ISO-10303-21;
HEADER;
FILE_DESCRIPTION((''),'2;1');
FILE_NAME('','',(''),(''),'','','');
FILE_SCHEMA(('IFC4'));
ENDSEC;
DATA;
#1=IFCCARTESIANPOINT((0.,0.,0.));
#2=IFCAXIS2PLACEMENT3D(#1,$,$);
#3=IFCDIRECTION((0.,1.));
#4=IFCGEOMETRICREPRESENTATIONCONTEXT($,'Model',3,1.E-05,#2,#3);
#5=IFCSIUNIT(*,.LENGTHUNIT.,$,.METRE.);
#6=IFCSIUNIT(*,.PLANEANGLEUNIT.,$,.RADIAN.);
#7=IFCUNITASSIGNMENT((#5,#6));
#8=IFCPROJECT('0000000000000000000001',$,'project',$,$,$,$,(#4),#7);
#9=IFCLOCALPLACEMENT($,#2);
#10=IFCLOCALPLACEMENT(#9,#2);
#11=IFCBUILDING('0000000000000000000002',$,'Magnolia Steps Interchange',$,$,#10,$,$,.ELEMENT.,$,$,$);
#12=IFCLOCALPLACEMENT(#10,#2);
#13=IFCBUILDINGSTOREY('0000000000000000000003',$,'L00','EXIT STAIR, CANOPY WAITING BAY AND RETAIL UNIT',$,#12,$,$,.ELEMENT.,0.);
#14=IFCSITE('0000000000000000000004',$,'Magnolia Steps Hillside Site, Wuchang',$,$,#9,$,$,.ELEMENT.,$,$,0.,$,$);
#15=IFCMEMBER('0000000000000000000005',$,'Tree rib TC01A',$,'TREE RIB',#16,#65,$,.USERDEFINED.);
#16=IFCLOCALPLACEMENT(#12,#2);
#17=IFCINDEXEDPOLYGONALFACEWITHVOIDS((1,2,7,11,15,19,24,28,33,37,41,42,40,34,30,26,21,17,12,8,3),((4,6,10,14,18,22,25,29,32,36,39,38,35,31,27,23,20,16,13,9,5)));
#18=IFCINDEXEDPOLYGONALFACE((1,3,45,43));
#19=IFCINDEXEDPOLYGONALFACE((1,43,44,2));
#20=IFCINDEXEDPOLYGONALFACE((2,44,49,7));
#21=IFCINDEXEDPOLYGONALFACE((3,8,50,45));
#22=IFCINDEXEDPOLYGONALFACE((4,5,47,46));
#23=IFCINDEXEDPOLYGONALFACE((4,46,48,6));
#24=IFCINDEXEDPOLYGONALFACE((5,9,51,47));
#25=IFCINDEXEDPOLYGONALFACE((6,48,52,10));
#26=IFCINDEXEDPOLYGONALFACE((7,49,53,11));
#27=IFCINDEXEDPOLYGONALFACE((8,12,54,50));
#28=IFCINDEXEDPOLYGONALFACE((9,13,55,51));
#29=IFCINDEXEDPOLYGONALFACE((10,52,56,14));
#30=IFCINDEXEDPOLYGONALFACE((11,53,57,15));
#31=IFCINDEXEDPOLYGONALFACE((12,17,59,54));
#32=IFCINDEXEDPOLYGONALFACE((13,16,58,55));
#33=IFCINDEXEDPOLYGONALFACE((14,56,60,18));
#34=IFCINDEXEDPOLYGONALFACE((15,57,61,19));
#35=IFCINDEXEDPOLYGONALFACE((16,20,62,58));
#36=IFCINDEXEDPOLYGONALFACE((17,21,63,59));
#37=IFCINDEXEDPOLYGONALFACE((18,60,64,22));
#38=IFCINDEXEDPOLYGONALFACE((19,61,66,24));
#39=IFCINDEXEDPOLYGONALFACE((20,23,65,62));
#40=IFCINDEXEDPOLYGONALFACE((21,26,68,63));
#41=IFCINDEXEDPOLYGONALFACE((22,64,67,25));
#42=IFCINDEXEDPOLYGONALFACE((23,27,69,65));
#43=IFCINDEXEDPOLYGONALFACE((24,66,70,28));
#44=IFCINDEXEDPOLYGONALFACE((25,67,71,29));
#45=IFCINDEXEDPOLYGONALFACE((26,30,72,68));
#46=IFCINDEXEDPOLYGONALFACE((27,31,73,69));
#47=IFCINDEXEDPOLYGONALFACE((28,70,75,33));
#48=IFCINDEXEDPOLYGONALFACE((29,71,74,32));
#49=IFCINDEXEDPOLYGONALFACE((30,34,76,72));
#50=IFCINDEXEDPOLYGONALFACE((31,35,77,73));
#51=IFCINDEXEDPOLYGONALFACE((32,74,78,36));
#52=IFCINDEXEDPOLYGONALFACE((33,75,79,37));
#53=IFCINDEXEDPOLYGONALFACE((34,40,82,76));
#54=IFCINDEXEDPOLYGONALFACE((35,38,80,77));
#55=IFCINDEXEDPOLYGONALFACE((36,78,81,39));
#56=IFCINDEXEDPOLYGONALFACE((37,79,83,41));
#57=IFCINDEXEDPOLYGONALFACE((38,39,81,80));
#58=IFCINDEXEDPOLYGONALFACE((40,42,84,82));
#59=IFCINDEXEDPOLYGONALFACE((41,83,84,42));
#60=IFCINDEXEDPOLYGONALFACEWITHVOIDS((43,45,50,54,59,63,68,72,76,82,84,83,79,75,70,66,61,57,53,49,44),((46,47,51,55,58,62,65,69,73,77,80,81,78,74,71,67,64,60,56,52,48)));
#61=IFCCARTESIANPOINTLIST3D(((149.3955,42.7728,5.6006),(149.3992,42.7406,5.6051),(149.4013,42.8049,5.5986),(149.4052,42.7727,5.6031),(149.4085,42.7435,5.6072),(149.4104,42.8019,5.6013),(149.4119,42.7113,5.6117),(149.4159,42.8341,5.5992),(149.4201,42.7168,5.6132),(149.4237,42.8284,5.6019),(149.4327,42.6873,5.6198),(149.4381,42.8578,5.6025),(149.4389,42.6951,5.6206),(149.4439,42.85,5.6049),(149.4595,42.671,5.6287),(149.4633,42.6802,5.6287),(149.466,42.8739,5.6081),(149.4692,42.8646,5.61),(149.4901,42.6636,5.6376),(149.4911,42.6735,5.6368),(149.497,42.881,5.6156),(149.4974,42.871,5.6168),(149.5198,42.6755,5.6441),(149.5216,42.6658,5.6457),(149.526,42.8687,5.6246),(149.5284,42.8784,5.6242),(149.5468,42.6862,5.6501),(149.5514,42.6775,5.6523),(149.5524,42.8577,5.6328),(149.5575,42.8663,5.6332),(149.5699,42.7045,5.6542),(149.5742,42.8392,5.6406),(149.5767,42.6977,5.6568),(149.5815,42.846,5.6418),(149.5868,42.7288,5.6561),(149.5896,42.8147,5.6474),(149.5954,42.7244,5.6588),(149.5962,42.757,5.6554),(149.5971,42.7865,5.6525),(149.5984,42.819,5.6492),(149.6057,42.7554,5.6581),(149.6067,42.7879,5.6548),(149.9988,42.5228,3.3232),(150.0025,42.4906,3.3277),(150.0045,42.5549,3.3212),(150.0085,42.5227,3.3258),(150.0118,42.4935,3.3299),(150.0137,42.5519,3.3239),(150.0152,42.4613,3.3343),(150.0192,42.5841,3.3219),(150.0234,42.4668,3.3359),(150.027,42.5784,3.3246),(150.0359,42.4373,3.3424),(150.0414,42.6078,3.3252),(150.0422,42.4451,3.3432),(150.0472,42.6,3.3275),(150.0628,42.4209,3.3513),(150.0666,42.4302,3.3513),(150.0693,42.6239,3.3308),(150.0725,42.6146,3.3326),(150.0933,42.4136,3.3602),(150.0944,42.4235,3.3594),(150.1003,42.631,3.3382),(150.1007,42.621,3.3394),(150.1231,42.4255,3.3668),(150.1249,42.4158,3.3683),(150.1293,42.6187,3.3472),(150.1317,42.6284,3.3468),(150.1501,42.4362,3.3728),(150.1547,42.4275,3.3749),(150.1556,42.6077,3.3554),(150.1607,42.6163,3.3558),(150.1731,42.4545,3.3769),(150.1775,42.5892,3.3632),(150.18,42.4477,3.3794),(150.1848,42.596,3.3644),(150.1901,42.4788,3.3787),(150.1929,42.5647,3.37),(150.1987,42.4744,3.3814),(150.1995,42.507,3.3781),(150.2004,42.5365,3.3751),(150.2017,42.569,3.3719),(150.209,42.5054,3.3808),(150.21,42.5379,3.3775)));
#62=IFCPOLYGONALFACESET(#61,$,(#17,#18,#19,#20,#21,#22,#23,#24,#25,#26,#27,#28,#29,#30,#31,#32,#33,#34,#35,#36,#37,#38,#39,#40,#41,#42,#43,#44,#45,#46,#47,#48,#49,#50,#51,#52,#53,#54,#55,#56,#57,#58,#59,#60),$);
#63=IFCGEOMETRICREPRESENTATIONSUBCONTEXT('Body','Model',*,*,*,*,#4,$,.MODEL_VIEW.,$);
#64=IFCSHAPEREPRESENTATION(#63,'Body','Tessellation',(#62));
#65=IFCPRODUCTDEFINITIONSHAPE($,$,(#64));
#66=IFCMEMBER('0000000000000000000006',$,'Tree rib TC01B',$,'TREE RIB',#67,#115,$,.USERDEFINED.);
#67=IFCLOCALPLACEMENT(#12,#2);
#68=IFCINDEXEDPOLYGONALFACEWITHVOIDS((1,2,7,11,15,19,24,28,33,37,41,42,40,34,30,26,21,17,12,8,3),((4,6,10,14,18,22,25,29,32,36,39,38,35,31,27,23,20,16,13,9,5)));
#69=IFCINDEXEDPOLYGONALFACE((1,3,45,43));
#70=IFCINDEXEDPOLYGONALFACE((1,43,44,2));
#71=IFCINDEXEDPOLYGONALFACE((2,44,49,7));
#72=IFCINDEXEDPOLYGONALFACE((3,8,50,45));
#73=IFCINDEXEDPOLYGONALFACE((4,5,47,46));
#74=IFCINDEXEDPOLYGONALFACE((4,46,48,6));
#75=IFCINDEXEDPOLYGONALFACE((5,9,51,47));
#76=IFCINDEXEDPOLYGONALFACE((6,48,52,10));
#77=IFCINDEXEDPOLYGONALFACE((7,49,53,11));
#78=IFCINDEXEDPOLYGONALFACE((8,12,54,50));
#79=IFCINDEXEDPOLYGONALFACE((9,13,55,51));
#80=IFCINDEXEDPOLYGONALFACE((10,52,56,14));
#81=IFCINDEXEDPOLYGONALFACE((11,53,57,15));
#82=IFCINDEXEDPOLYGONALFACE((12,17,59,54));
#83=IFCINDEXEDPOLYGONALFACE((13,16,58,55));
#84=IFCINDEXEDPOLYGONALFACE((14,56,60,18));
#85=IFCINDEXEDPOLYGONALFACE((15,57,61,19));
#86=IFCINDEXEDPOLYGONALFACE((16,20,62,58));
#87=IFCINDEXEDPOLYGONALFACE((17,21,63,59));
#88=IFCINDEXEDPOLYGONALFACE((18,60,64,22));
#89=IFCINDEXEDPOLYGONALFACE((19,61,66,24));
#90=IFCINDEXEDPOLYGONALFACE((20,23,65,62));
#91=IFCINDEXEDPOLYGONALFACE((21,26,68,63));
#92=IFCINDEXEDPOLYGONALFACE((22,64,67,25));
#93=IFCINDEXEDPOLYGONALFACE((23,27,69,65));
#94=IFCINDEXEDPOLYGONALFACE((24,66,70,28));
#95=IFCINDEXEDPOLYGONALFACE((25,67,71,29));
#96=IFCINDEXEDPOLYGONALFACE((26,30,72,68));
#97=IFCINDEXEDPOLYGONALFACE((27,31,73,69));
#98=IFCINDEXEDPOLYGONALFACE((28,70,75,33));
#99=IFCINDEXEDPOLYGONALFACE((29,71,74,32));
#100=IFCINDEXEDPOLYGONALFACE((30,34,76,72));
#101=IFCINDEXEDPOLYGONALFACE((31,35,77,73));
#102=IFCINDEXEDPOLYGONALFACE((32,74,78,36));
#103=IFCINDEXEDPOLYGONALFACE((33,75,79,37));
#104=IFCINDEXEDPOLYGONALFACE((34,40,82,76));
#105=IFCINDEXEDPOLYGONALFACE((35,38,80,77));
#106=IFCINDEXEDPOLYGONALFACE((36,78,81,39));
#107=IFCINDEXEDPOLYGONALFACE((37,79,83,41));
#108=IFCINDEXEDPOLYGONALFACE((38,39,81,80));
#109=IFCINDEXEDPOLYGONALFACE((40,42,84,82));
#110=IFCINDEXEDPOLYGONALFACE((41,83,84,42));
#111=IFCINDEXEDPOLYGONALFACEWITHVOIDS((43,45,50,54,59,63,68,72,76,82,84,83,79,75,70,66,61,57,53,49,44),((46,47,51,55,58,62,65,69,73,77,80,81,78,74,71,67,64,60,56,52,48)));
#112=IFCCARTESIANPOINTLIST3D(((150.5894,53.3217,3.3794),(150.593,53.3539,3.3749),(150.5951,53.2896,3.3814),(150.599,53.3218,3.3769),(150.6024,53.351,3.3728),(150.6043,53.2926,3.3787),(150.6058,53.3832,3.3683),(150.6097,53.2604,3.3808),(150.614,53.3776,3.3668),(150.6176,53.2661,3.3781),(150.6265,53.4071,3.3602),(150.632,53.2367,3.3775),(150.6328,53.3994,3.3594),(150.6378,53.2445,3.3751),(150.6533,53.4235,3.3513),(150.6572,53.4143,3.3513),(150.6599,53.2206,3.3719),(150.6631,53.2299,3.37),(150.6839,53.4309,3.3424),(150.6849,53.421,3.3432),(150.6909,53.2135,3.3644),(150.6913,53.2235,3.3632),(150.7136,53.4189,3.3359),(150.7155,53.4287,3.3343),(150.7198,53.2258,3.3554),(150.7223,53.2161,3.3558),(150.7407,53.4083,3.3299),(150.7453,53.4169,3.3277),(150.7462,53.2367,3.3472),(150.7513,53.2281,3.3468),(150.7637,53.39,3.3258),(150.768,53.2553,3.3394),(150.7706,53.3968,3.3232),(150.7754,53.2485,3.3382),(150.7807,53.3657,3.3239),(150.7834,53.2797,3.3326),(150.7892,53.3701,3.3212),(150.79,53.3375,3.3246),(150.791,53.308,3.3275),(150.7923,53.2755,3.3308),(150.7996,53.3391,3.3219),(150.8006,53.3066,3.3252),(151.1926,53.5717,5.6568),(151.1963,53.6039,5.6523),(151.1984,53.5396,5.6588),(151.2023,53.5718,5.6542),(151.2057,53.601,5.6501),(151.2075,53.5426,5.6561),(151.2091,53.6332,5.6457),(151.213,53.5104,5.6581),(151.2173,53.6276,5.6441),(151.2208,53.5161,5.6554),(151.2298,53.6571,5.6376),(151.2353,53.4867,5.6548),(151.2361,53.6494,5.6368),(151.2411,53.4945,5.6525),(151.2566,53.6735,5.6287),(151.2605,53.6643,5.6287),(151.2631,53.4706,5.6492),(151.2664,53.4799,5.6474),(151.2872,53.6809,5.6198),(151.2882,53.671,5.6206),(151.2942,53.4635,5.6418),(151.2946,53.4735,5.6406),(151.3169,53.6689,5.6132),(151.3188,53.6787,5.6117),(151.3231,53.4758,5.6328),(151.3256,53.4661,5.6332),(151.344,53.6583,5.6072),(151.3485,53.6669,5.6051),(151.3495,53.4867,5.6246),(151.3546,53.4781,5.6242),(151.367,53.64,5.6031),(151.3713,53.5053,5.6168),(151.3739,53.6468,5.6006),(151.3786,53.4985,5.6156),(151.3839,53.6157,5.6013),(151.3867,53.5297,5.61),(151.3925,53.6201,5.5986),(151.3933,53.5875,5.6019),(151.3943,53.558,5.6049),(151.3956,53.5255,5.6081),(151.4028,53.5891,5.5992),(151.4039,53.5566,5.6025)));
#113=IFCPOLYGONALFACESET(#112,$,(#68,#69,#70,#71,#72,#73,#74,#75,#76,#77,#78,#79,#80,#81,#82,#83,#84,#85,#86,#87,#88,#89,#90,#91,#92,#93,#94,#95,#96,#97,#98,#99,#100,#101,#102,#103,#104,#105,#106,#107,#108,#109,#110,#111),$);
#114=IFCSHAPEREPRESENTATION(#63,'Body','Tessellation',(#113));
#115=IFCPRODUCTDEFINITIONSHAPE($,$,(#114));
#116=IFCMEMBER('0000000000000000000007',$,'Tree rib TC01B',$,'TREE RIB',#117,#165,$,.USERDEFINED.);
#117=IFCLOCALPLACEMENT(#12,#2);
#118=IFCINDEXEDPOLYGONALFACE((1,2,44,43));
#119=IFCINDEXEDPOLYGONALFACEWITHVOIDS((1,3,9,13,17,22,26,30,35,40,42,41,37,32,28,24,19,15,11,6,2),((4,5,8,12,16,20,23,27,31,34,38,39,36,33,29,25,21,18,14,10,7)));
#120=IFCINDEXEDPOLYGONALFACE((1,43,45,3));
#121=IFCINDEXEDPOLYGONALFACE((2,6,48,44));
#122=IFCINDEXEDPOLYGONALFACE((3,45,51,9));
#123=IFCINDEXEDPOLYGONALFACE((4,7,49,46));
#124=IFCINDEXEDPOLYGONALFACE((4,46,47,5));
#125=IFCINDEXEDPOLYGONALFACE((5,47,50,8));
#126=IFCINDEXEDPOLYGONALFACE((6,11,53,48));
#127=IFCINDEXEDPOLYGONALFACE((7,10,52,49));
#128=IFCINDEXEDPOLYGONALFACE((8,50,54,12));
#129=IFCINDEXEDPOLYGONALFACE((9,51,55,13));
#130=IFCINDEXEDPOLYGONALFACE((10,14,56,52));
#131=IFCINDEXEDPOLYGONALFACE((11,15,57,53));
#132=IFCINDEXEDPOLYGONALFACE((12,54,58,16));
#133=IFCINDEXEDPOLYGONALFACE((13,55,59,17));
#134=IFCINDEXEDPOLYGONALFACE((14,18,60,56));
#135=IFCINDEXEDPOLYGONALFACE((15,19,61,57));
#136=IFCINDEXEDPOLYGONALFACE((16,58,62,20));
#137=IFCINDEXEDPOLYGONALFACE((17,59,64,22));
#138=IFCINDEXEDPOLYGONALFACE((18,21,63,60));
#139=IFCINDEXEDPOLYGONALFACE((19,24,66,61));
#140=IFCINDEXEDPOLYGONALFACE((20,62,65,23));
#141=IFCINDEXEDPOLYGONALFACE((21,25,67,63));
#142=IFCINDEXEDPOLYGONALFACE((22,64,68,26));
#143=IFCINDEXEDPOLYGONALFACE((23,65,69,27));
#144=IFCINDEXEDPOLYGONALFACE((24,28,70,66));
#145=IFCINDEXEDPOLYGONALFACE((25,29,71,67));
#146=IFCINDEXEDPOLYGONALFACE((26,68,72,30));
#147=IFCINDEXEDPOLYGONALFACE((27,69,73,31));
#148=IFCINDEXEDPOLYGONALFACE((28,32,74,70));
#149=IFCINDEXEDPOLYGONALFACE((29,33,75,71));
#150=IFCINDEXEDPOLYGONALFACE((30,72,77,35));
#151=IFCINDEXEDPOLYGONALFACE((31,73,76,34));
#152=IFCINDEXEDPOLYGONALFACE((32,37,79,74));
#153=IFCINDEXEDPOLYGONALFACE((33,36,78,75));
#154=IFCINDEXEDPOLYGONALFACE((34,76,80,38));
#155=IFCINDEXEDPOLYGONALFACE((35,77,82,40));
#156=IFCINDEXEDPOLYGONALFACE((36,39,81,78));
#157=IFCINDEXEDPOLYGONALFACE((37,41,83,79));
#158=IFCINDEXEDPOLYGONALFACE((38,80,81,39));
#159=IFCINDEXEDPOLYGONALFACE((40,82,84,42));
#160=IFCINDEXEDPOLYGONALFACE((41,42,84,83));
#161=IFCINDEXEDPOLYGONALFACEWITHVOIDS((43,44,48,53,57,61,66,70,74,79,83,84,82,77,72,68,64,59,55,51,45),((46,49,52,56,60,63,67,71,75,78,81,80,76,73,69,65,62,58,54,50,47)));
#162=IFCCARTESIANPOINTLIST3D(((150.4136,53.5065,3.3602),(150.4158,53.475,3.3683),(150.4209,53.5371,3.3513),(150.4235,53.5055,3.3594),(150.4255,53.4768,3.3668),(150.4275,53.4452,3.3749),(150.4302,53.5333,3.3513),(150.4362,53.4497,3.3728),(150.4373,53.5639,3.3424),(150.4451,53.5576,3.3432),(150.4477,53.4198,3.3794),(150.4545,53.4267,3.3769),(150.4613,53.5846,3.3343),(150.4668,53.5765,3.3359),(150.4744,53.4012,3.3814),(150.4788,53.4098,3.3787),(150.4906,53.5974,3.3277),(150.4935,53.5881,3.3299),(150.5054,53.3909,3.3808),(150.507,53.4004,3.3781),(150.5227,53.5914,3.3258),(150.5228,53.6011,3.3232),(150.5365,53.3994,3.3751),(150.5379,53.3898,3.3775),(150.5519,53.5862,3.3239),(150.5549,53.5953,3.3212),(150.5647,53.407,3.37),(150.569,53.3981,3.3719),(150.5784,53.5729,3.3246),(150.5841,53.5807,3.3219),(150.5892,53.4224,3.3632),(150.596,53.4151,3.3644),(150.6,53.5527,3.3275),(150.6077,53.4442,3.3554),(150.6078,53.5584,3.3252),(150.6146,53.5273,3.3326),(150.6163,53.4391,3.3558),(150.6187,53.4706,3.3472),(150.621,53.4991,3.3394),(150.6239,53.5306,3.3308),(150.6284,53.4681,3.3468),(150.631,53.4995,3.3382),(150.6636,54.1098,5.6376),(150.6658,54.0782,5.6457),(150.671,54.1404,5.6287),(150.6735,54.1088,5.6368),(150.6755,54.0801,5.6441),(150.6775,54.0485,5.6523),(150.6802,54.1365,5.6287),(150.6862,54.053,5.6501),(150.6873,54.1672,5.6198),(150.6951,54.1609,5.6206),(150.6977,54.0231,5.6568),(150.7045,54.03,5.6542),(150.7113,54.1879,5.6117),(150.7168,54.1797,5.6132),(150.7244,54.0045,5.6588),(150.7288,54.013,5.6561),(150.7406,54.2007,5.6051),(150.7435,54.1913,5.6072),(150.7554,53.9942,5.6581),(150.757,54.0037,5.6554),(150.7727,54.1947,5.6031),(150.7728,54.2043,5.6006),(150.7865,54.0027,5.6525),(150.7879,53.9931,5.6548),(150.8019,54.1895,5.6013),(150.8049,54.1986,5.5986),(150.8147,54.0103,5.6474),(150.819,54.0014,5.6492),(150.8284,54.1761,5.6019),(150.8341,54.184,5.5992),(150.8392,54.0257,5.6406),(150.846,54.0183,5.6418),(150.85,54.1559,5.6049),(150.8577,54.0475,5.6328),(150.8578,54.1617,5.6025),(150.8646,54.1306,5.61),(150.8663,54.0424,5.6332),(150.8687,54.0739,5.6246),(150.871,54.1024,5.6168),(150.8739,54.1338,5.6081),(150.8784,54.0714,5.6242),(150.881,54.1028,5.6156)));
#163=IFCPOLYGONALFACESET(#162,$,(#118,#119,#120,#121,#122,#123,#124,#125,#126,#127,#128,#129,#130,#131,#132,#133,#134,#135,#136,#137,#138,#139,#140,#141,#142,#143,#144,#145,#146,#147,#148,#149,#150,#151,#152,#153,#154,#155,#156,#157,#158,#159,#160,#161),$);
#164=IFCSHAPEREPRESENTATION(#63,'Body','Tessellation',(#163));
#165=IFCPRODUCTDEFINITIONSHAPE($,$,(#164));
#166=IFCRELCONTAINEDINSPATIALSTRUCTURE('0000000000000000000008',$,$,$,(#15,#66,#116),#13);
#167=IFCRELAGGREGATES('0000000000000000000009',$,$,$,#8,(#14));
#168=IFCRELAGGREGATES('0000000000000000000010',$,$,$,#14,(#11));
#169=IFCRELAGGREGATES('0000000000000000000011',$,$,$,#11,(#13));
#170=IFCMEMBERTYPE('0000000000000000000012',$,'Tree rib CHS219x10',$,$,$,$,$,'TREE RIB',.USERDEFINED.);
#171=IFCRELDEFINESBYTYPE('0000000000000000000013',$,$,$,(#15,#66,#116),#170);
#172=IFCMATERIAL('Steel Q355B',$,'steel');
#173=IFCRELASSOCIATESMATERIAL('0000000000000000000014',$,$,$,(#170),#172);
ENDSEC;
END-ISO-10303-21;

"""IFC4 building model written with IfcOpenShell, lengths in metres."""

from ifc_helpers import new_model, si_unit, direction, frame, origin, origin_2d, place, context, subcontext, project, spatial, hollow_circle, extrude, material, material_profile, profile_set, type_object, element, save


model = new_model("IFC4")

# Units and contexts
model_context = context("Model", 3, precision=1e-05, world=origin(), true_north=direction((0.0, 1.0)))
body_context = subcontext(model_context, "Body", "Model", "MODEL_VIEW")
ifc_project = project(units=[si_unit("LENGTHUNIT", "METRE"), si_unit("PLANEANGLEUNIT", "RADIAN")], contexts=[model_context])

# Site, building, storey
site_placement = place(None, origin())
site = spatial("IfcSite", under=ifc_project, at=site_placement, Name="Magnolia Steps Hillside Site, Wuchang", CompositionType="ELEMENT", RefElevation=0.0)
building_placement = place(site_placement, origin())
building = spatial("IfcBuilding", under=site, at=building_placement, Name="Magnolia Steps Interchange", CompositionType="ELEMENT")
storey_placement = place(building_placement, origin())
storey = spatial("IfcBuildingStorey", under=building, at=storey_placement, Name="L00", Description="EXIT STAIR, CANOPY WAITING BAY AND RETAIL UNIT", CompositionType="ELEMENT", Elevation=0.0)

# Members
ifc_material_1 = material(Name="Steel Q355B", Category="steel")
ifc_material_profile_1 = material_profile(ifc_material_1, hollow_circle(Radius=0.1096, WallThickness=0.01, at=origin_2d()), Name="CHS219x10")
ifc_profile_set_1 = profile_set([ifc_material_profile_1], Name="Steel Q355B")
member_type = type_object("IfcMemberType", Name="Tree rib CHS219x10", ElementType="TREE RIB", PredefinedType="USERDEFINED", material=ifc_profile_set_1)
for number, where, z_axis, x_axis, name in (
    (1, (150.1047, 42.5222, 3.3513), (-0.254639, 0.105524, 0.961261), (-0.382836, -0.923816, 0.0), "Tree rib TC01A"),
    (2, (150.6953, 53.3223, 3.3513), (0.254639, 0.105524, 0.961261), (-0.382836, 0.923816, 0.0), "Tree rib TC01B"),
    (3, (150.5222, 53.4951, 3.3513), (0.105524, 0.254639, 0.961261), (-0.923816, 0.382836, 0.0), "Tree rib TC01B"),
):
    element("IfcMember", number, at=place(storey_placement, frame(where, z_axis=z_axis, x_axis=x_axis)), inside=storey, type_object=member_type, Name=name, ObjectType="TREE RIB", PredefinedType="USERDEFINED", context=body_context, shape_type="SweptSolid", body=[
        extrude(hollow_circle(Radius=0.1096, WallThickness=0.01, at=origin_2d()), origin(), (0.0, 0.0, 1.0), 2.3691),
    ])

save(model, "model.ifc")
